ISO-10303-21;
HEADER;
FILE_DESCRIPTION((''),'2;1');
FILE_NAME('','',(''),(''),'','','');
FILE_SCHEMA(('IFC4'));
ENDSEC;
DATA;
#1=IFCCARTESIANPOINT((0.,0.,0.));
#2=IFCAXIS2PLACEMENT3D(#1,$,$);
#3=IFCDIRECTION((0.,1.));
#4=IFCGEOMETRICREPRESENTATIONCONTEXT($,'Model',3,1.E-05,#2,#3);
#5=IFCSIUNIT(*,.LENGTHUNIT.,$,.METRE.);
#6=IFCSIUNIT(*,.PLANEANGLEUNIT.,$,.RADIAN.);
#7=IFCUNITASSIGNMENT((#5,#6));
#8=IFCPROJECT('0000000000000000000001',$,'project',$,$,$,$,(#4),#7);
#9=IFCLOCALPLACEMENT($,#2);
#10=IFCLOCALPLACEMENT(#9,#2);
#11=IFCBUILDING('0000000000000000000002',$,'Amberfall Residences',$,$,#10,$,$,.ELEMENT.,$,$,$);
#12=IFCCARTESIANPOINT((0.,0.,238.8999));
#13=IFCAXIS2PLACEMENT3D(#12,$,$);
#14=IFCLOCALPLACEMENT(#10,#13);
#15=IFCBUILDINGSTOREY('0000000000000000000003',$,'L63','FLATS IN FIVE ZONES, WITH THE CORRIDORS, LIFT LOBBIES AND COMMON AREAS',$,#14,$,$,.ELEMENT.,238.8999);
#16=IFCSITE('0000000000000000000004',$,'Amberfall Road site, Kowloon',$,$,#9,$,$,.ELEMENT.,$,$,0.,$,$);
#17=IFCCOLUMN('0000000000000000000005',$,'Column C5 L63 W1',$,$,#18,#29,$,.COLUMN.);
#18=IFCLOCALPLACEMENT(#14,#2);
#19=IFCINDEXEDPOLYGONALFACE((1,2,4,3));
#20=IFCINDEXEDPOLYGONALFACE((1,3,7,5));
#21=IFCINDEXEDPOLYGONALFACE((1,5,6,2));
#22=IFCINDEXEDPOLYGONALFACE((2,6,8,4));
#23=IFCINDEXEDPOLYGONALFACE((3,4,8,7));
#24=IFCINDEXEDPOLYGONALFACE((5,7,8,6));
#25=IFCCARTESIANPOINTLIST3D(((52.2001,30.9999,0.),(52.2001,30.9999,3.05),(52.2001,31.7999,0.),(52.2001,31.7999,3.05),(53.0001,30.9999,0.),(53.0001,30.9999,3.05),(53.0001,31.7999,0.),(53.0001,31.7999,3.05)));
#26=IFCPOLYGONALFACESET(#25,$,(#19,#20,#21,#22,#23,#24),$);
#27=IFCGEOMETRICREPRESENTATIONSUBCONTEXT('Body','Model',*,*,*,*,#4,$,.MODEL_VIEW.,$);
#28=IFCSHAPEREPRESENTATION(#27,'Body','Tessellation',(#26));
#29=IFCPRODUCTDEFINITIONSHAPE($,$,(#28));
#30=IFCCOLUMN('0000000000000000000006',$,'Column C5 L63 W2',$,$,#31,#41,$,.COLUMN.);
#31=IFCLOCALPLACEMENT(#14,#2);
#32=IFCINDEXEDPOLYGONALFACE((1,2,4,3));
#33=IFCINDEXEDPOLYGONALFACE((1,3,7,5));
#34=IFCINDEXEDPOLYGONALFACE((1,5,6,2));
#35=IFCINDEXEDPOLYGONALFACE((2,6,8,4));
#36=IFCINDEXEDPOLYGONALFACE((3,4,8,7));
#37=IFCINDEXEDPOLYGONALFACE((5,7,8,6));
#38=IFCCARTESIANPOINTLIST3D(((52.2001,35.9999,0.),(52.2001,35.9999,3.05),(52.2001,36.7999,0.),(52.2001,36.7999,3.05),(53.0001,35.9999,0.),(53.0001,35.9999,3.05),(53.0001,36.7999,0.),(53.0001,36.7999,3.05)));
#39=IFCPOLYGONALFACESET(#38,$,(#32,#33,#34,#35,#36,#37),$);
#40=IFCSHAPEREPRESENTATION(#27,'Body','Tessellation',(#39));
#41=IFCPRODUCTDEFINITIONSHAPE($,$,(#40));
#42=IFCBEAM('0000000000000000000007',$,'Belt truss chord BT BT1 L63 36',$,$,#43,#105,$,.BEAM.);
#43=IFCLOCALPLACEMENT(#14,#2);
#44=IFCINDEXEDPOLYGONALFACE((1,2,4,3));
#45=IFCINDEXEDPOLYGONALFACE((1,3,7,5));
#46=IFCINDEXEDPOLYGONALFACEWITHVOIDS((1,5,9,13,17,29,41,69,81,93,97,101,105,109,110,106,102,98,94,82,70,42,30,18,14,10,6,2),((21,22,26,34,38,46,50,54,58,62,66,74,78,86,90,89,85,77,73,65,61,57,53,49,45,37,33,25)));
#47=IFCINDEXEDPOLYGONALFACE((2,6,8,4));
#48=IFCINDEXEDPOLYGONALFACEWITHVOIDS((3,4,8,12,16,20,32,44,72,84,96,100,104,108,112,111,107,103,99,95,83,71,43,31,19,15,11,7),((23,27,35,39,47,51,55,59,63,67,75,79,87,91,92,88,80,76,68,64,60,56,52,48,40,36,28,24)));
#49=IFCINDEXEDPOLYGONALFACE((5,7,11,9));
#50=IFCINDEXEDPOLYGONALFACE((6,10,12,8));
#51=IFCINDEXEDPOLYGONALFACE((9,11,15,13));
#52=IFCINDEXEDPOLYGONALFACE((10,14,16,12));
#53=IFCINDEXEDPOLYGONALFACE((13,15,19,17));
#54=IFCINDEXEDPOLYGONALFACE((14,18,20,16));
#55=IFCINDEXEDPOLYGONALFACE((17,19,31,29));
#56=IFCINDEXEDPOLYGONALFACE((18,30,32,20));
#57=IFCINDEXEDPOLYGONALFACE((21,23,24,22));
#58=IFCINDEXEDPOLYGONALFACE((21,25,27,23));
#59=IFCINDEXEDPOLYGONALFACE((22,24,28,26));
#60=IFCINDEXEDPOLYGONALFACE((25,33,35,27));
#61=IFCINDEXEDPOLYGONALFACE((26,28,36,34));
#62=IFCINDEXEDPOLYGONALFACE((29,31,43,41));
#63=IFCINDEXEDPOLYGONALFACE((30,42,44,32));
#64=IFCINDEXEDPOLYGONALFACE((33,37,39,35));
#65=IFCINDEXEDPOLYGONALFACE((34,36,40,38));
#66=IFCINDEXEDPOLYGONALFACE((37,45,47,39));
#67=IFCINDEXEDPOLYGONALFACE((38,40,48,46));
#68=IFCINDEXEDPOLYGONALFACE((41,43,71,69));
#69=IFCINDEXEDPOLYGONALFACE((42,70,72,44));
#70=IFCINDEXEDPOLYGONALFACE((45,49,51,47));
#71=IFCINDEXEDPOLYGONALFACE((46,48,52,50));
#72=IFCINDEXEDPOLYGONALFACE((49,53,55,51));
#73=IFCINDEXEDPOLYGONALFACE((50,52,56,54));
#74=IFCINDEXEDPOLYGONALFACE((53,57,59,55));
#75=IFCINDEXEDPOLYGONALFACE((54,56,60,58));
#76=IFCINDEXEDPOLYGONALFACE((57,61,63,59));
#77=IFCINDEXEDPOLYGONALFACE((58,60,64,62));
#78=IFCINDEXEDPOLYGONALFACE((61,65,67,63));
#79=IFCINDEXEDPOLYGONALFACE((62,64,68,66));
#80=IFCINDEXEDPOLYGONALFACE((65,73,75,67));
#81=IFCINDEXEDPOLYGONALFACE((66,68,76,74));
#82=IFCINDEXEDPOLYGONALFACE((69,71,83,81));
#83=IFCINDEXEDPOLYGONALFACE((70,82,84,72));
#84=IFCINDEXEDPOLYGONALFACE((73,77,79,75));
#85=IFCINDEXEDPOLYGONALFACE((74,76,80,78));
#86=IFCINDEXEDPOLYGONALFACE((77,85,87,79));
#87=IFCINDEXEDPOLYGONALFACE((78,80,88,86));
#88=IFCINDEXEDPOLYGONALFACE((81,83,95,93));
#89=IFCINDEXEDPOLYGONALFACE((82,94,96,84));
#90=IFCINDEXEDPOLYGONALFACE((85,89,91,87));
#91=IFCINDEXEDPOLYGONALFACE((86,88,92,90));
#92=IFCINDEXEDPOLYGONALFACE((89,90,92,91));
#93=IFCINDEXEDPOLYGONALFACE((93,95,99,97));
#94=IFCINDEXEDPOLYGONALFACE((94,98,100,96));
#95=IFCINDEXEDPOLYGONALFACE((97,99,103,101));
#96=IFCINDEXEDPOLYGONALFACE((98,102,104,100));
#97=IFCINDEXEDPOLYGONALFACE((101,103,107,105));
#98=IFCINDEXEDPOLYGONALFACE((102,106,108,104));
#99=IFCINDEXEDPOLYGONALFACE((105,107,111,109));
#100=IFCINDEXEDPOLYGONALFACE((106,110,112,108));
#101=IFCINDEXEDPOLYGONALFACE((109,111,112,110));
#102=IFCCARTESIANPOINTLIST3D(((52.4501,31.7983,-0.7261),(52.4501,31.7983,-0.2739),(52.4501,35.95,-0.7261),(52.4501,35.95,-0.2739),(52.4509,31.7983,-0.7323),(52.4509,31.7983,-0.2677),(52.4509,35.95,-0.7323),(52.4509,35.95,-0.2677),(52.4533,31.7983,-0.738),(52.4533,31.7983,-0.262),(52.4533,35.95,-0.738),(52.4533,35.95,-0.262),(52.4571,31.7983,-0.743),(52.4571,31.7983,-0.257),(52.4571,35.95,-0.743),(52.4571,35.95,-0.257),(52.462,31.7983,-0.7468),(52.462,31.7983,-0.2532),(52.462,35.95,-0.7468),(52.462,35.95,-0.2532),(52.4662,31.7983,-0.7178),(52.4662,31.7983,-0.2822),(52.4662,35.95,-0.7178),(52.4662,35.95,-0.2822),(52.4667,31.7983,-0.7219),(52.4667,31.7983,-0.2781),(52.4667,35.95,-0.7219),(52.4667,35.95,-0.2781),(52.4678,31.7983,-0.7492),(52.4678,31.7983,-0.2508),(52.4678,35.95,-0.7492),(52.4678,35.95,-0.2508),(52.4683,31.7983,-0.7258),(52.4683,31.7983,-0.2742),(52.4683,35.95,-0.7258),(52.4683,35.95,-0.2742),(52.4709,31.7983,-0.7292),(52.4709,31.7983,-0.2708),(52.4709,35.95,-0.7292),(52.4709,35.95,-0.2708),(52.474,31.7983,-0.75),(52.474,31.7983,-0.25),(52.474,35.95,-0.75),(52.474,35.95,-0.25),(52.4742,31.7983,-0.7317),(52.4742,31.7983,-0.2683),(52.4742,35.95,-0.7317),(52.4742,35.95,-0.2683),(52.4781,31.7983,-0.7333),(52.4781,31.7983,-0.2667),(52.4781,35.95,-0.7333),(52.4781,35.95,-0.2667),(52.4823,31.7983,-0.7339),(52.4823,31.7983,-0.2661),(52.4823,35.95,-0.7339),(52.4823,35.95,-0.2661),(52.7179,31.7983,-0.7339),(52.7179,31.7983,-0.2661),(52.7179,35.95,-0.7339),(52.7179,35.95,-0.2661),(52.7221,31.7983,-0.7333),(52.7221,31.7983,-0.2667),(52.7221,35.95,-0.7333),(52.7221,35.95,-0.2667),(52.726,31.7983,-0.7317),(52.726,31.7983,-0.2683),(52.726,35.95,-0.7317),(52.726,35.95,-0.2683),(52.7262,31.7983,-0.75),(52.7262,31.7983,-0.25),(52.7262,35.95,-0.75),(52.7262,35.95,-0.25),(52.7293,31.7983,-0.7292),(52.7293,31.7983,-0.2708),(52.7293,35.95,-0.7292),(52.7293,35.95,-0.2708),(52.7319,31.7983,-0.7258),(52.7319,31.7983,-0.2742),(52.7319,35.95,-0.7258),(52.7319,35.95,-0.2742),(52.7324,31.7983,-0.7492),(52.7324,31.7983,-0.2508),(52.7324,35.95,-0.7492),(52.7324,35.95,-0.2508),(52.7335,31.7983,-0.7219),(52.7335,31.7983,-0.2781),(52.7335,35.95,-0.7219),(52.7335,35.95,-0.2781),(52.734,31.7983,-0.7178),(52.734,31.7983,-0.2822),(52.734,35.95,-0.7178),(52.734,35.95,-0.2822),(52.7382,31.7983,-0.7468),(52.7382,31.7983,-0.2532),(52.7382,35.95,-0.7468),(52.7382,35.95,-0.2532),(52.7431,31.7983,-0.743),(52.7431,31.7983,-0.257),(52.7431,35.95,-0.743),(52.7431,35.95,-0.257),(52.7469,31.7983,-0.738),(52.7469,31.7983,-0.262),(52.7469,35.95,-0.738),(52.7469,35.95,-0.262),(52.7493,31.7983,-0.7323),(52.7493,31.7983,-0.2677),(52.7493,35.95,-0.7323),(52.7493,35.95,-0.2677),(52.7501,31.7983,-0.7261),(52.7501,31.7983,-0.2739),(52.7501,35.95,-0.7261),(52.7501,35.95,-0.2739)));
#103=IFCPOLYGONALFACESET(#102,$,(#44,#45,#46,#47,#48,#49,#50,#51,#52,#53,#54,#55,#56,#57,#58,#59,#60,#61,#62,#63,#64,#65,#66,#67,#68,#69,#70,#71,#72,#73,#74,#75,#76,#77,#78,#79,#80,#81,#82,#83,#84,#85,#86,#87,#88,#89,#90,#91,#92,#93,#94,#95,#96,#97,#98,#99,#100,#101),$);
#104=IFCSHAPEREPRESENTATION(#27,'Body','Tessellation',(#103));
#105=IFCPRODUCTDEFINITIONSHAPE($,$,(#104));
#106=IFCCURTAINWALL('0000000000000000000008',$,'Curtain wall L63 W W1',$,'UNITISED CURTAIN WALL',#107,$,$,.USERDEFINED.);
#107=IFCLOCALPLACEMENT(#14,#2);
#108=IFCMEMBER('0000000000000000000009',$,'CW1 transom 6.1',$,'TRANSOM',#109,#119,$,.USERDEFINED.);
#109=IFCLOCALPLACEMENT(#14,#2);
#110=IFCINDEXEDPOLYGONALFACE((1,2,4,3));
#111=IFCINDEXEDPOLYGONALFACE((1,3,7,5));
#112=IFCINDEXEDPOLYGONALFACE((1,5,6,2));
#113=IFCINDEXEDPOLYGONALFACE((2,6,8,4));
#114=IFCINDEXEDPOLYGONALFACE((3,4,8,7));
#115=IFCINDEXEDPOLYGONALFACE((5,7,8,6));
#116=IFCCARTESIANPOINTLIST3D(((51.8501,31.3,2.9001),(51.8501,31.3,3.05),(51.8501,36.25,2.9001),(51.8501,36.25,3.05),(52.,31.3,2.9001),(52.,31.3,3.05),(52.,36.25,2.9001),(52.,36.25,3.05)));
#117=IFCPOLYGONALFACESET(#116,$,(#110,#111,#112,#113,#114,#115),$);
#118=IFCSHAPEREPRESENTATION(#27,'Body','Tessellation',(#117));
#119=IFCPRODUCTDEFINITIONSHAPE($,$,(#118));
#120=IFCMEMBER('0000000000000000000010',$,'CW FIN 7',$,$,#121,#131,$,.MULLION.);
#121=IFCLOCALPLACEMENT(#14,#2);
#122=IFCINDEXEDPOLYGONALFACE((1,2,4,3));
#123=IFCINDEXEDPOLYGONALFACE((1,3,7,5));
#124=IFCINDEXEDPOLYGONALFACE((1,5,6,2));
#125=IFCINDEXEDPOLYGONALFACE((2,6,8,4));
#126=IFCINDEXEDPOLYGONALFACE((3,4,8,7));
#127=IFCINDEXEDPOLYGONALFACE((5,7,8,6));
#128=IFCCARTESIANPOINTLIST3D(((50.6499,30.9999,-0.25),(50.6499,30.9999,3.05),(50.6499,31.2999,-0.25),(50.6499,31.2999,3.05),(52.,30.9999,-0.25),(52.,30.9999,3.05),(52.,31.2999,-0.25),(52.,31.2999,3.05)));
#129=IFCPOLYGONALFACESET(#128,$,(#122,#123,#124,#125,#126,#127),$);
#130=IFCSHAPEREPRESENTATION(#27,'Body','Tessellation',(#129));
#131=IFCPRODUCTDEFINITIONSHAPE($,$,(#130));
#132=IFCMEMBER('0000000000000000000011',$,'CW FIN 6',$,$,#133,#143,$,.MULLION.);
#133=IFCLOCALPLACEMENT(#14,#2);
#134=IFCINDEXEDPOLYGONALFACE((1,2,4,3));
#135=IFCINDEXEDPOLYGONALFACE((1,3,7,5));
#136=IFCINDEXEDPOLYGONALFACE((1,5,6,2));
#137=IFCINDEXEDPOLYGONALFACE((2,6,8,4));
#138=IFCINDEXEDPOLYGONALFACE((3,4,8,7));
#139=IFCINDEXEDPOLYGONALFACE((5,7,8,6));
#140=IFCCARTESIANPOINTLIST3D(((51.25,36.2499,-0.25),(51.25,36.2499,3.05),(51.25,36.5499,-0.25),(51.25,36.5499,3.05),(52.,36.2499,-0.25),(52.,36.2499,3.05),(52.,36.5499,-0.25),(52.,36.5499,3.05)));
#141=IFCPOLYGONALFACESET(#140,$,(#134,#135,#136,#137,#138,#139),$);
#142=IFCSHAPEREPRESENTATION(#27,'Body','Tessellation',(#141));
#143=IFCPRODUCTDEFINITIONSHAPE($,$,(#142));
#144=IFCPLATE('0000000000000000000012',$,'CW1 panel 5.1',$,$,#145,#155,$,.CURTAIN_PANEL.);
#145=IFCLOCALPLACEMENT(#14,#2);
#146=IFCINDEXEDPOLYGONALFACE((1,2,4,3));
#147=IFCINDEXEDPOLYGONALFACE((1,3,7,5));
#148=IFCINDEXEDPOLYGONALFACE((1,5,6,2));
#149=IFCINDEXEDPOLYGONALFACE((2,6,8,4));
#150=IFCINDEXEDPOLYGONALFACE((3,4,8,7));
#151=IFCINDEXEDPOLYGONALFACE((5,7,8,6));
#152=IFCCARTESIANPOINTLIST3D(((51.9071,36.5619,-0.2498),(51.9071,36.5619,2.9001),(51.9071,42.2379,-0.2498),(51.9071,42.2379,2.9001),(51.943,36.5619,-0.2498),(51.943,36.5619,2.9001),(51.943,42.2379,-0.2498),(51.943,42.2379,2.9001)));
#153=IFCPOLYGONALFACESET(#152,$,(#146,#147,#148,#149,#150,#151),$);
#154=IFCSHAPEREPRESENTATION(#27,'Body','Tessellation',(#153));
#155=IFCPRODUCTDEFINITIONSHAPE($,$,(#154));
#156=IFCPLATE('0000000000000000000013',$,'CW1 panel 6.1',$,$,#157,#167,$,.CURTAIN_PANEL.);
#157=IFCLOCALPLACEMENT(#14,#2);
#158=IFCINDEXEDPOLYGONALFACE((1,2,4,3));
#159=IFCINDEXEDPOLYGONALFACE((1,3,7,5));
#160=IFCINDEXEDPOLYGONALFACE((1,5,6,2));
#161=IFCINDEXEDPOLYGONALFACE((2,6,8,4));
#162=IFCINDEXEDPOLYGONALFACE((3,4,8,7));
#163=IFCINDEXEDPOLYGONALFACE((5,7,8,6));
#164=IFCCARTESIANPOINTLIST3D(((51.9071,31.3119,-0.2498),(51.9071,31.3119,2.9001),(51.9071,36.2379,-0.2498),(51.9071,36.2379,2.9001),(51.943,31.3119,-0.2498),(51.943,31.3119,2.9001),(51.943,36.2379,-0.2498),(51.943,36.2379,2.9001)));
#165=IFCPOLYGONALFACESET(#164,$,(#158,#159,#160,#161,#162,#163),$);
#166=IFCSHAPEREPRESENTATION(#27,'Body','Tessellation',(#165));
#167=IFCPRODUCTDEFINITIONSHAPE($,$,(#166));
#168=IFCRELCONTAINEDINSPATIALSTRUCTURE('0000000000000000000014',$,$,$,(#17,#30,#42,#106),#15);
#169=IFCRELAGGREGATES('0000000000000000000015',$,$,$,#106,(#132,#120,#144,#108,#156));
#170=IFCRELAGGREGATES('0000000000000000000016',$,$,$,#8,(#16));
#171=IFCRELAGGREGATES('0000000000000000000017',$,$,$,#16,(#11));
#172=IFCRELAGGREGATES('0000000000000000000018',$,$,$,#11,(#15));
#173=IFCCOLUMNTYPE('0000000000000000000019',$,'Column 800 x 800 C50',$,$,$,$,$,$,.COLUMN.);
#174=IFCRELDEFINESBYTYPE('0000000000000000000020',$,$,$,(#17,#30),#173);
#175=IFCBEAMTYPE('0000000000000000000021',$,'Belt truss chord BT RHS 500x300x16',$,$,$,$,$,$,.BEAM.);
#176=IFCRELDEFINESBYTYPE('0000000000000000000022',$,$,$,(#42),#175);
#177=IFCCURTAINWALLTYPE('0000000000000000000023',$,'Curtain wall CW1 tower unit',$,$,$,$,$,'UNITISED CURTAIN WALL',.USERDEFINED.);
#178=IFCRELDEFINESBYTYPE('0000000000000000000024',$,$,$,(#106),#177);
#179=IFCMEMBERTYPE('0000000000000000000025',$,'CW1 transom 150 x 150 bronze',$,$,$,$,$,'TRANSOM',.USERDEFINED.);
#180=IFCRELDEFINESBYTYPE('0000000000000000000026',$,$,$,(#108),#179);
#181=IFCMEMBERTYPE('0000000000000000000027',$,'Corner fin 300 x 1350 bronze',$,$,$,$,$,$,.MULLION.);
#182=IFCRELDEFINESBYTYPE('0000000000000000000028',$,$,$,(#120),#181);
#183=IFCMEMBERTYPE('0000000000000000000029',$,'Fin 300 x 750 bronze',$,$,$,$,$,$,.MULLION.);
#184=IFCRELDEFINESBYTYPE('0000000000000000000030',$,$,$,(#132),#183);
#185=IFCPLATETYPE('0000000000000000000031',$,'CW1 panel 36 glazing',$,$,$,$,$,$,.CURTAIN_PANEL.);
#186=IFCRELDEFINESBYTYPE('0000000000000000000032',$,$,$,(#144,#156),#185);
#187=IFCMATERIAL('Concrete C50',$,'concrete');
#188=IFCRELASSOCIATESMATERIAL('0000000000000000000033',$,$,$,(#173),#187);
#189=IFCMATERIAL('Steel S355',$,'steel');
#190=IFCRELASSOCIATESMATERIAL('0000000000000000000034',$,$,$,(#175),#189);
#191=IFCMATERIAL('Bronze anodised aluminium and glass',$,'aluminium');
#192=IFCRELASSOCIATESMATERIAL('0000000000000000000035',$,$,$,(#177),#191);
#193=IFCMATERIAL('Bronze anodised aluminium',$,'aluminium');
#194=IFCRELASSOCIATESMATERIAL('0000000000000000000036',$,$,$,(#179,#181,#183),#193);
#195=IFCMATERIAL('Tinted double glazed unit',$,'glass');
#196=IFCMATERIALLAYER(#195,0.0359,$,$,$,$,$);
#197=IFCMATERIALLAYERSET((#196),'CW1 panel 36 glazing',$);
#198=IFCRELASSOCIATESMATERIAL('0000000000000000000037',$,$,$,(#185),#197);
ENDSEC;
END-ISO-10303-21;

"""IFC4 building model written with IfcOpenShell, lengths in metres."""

from ifc_helpers import new_model, si_unit, direction, frame, origin, origin_2d, place, context, subcontext, project, spatial, rectangle, hollow_rectangle, extrude, material, layer, layer_set, material_profile, profile_set, type_object, element, aggregate, save


model = new_model("IFC4")

# Units and contexts
model_context = context("Model", 3, precision=1e-05, world=origin(), true_north=direction((0.0, 1.0)))
body_context = subcontext(model_context, "Body", "Model", "MODEL_VIEW")
ifc_project = project(units=[si_unit("LENGTHUNIT", "METRE"), si_unit("PLANEANGLEUNIT", "RADIAN")], contexts=[model_context])

# Site, building, storey
site_placement = place(None, origin())
site = spatial("IfcSite", under=ifc_project, at=site_placement, Name="Amberfall Road site, Kowloon", CompositionType="ELEMENT", RefElevation=0.0)
building_placement = place(site_placement, origin())
building = spatial("IfcBuilding", under=site, at=building_placement, Name="Amberfall Residences", CompositionType="ELEMENT")
storey_placement = place(building_placement, frame((0.0, 0.0, 238.8999)))
storey = spatial("IfcBuildingStorey", under=building, at=storey_placement, Name="L63", Description="FLATS IN FIVE ZONES, WITH THE CORRIDORS, LIFT LOBBIES AND COMMON AREAS", CompositionType="ELEMENT", Elevation=238.8999)

# Columns
ifc_material_1 = material(Name="Concrete C50", Category="concrete")
ifc_material_profile_1 = material_profile(ifc_material_1, rectangle(XDim=0.8, YDim=0.8, at=origin_2d()), Name="Column 800 x 800 C50")
ifc_profile_set_1 = profile_set([ifc_material_profile_1], Name="Concrete C50")
column_type = type_object("IfcColumnType", Name="Column 800 x 800 C50", PredefinedType="COLUMN", material=ifc_profile_set_1)
for number, where, z_axis, x_axis, name in (
    (1, (52.6001, 31.3999, 0.0), (0.0, 0.0, 1.0), (1.0, 0.0, 0.0), "Column C5 L63 W1"),
    (2, (52.6001, 36.3999, 0.0), (0.0, 0.0, 1.0), (1.0, 0.0, 0.0), "Column C5 L63 W2"),
):
    element("IfcColumn", number, at=place(storey_placement, frame(where, z_axis=z_axis, x_axis=x_axis)), inside=storey, type_object=column_type, Name=name, PredefinedType="COLUMN", context=body_context, shape_type="SweptSolid", body=[
        extrude(rectangle(XDim=0.8, YDim=0.8, at=origin_2d()), origin(), (0.0, 0.0, 1.0), 3.05),
    ])

# Beam
ifc_material_2 = material(Name="Steel S355", Category="steel")
ifc_material_profile_2 = material_profile(ifc_material_2, hollow_rectangle(XDim=0.3, YDim=0.5, WallThickness=0.0161, InnerFilletRadius=0.0161, OuterFilletRadius=0.0239, at=origin_2d()), Name="RHS 500x300x16")
ifc_profile_set_2 = profile_set([ifc_material_profile_2], Name="Steel S355")
beam_type = type_object("IfcBeamType", Name="Belt truss chord BT RHS 500x300x16", PredefinedType="BEAM", material=ifc_profile_set_2)
beam_placement = place(storey_placement, frame((52.6001, 31.7983, -0.5), z_axis=(0.0, 1.0, 0.0), x_axis=(-1.0, 0.0, 0.0)))
element("IfcBeam", 3, at=beam_placement, inside=storey, type_object=beam_type, Name="Belt truss chord BT BT1 L63 36", PredefinedType="BEAM", context=body_context, shape_type="SweptSolid", body=[
    extrude(hollow_rectangle(XDim=0.3, YDim=0.5, WallThickness=0.0161, InnerFilletRadius=0.0161, OuterFilletRadius=0.0239, at=origin_2d()), origin(), (0.0, 0.0, 1.0), 4.1516),
])

# Curtain wall, members, plates
ifc_material_3 = material(Name="Bronze anodised aluminium and glass", Category="aluminium")
curtain_wall_type = type_object("IfcCurtainWallType", Name="Curtain wall CW1 tower unit", ElementType="UNITISED CURTAIN WALL", PredefinedType="USERDEFINED", material=ifc_material_3)
curtain_wall_placement = place(storey_placement, origin())
curtain_wall = element("IfcCurtainWall", 4, at=curtain_wall_placement, inside=storey, type_object=curtain_wall_type, Name="Curtain wall L63 W W1", ObjectType="UNITISED CURTAIN WALL", PredefinedType="USERDEFINED")
ifc_material_4 = material(Name="Bronze anodised aluminium", Category="aluminium")
ifc_material_profile_3 = material_profile(ifc_material_4, rectangle(XDim=0.1499, YDim=0.1499, at=origin_2d()), Name="CW1 transom 150 x 150 bronze")
ifc_profile_set_3 = profile_set([ifc_material_profile_3], Name="Bronze anodised aluminium")
member_type_1 = type_object("IfcMemberType", Name="CW1 transom 150 x 150 bronze", ElementType="TRANSOM", PredefinedType="USERDEFINED", material=ifc_profile_set_3)
member_1_placement = place(storey_placement, frame((51.925, 36.25, 2.9751), z_axis=(0.0, -1.0, 0.0), x_axis=(1.0, 0.0, 0.0)))
member_1 = element("IfcMember", 5, at=member_1_placement, type_object=member_type_1, Name="CW1 transom 6.1", ObjectType="TRANSOM", PredefinedType="USERDEFINED", context=body_context, shape_type="SweptSolid", body=[
    extrude(rectangle(XDim=0.1499, YDim=0.1499, at=origin_2d()), origin(), (0.0, 0.0, 1.0), 4.95),
])
ifc_material_profile_4 = material_profile(ifc_material_4, rectangle(XDim=1.3501, YDim=0.3, at=origin_2d()), Name="Corner fin 300 x 1350 bronze")
ifc_profile_set_4 = profile_set([ifc_material_profile_4], Name="Bronze anodised aluminium")
member_type_2 = type_object("IfcMemberType", Name="Corner fin 300 x 1350 bronze", PredefinedType="MULLION", material=ifc_profile_set_4)
member_2_placement = place(storey_placement, frame((51.325, 31.1499, -0.25), z_axis=(0.0, 0.0, 1.0), x_axis=(1.0, 0.0, 0.0)))
member_2 = element("IfcMember", 6, at=member_2_placement, type_object=member_type_2, Name="CW FIN 7", PredefinedType="MULLION", context=body_context, shape_type="SweptSolid", body=[
    extrude(rectangle(XDim=1.3501, YDim=0.3, at=origin_2d()), origin(), (0.0, 0.0, 1.0), 3.3),
])
ifc_material_profile_5 = material_profile(ifc_material_4, rectangle(XDim=0.75, YDim=0.3, at=origin_2d()), Name="Fin 300 x 750 bronze")
ifc_profile_set_5 = profile_set([ifc_material_profile_5], Name="Bronze anodised aluminium")
member_type_3 = type_object("IfcMemberType", Name="Fin 300 x 750 bronze", PredefinedType="MULLION", material=ifc_profile_set_5)
member_3_placement = place(storey_placement, frame((51.625, 36.3999, -0.25), z_axis=(0.0, 0.0, 1.0), x_axis=(1.0, 0.0, 0.0)))
member_3 = element("IfcMember", 7, at=member_3_placement, type_object=member_type_3, Name="CW FIN 6", PredefinedType="MULLION", context=body_context, shape_type="SweptSolid", body=[
    extrude(rectangle(XDim=0.75, YDim=0.3, at=origin_2d()), origin(), (0.0, 0.0, 1.0), 3.3),
])
ifc_material_5 = material(Name="Tinted double glazed unit", Category="glass")
ifc_layer_1 = layer(ifc_material_5, 0.0359)
ifc_layer_set_1 = layer_set([ifc_layer_1], Name="CW1 panel 36 glazing")
plate_type = type_object("IfcPlateType", Name="CW1 panel 36 glazing", PredefinedType="CURTAIN_PANEL", material=ifc_layer_set_1)
plate_1_placement = place(storey_placement, frame((51.925, 39.3999, -0.2498), z_axis=(0.0, 0.0, 1.0), x_axis=(0.0, -1.0, 0.0)))
plate_1 = element("IfcPlate", 8, at=plate_1_placement, type_object=plate_type, Name="CW1 panel 5.1", PredefinedType="CURTAIN_PANEL", context=body_context, shape_type="SweptSolid", body=[
    extrude(rectangle(XDim=5.676, YDim=0.0359, at=origin_2d()), origin(), (0.0, 0.0, 1.0), 3.1499),
])
plate_2_placement = place(storey_placement, frame((51.925, 33.7749, -0.2498), z_axis=(0.0, 0.0, 1.0), x_axis=(0.0, -1.0, 0.0)))
plate_2 = element("IfcPlate", 9, at=plate_2_placement, type_object=plate_type, Name="CW1 panel 6.1", PredefinedType="CURTAIN_PANEL", context=body_context, shape_type="SweptSolid", body=[
    extrude(rectangle(XDim=4.926, YDim=0.0359, at=origin_2d()), origin(), (0.0, 0.0, 1.0), 3.1499),
])
aggregate(curtain_wall, [member_3, member_2, plate_1, member_1, plate_2])

save(model, "model.ifc")
